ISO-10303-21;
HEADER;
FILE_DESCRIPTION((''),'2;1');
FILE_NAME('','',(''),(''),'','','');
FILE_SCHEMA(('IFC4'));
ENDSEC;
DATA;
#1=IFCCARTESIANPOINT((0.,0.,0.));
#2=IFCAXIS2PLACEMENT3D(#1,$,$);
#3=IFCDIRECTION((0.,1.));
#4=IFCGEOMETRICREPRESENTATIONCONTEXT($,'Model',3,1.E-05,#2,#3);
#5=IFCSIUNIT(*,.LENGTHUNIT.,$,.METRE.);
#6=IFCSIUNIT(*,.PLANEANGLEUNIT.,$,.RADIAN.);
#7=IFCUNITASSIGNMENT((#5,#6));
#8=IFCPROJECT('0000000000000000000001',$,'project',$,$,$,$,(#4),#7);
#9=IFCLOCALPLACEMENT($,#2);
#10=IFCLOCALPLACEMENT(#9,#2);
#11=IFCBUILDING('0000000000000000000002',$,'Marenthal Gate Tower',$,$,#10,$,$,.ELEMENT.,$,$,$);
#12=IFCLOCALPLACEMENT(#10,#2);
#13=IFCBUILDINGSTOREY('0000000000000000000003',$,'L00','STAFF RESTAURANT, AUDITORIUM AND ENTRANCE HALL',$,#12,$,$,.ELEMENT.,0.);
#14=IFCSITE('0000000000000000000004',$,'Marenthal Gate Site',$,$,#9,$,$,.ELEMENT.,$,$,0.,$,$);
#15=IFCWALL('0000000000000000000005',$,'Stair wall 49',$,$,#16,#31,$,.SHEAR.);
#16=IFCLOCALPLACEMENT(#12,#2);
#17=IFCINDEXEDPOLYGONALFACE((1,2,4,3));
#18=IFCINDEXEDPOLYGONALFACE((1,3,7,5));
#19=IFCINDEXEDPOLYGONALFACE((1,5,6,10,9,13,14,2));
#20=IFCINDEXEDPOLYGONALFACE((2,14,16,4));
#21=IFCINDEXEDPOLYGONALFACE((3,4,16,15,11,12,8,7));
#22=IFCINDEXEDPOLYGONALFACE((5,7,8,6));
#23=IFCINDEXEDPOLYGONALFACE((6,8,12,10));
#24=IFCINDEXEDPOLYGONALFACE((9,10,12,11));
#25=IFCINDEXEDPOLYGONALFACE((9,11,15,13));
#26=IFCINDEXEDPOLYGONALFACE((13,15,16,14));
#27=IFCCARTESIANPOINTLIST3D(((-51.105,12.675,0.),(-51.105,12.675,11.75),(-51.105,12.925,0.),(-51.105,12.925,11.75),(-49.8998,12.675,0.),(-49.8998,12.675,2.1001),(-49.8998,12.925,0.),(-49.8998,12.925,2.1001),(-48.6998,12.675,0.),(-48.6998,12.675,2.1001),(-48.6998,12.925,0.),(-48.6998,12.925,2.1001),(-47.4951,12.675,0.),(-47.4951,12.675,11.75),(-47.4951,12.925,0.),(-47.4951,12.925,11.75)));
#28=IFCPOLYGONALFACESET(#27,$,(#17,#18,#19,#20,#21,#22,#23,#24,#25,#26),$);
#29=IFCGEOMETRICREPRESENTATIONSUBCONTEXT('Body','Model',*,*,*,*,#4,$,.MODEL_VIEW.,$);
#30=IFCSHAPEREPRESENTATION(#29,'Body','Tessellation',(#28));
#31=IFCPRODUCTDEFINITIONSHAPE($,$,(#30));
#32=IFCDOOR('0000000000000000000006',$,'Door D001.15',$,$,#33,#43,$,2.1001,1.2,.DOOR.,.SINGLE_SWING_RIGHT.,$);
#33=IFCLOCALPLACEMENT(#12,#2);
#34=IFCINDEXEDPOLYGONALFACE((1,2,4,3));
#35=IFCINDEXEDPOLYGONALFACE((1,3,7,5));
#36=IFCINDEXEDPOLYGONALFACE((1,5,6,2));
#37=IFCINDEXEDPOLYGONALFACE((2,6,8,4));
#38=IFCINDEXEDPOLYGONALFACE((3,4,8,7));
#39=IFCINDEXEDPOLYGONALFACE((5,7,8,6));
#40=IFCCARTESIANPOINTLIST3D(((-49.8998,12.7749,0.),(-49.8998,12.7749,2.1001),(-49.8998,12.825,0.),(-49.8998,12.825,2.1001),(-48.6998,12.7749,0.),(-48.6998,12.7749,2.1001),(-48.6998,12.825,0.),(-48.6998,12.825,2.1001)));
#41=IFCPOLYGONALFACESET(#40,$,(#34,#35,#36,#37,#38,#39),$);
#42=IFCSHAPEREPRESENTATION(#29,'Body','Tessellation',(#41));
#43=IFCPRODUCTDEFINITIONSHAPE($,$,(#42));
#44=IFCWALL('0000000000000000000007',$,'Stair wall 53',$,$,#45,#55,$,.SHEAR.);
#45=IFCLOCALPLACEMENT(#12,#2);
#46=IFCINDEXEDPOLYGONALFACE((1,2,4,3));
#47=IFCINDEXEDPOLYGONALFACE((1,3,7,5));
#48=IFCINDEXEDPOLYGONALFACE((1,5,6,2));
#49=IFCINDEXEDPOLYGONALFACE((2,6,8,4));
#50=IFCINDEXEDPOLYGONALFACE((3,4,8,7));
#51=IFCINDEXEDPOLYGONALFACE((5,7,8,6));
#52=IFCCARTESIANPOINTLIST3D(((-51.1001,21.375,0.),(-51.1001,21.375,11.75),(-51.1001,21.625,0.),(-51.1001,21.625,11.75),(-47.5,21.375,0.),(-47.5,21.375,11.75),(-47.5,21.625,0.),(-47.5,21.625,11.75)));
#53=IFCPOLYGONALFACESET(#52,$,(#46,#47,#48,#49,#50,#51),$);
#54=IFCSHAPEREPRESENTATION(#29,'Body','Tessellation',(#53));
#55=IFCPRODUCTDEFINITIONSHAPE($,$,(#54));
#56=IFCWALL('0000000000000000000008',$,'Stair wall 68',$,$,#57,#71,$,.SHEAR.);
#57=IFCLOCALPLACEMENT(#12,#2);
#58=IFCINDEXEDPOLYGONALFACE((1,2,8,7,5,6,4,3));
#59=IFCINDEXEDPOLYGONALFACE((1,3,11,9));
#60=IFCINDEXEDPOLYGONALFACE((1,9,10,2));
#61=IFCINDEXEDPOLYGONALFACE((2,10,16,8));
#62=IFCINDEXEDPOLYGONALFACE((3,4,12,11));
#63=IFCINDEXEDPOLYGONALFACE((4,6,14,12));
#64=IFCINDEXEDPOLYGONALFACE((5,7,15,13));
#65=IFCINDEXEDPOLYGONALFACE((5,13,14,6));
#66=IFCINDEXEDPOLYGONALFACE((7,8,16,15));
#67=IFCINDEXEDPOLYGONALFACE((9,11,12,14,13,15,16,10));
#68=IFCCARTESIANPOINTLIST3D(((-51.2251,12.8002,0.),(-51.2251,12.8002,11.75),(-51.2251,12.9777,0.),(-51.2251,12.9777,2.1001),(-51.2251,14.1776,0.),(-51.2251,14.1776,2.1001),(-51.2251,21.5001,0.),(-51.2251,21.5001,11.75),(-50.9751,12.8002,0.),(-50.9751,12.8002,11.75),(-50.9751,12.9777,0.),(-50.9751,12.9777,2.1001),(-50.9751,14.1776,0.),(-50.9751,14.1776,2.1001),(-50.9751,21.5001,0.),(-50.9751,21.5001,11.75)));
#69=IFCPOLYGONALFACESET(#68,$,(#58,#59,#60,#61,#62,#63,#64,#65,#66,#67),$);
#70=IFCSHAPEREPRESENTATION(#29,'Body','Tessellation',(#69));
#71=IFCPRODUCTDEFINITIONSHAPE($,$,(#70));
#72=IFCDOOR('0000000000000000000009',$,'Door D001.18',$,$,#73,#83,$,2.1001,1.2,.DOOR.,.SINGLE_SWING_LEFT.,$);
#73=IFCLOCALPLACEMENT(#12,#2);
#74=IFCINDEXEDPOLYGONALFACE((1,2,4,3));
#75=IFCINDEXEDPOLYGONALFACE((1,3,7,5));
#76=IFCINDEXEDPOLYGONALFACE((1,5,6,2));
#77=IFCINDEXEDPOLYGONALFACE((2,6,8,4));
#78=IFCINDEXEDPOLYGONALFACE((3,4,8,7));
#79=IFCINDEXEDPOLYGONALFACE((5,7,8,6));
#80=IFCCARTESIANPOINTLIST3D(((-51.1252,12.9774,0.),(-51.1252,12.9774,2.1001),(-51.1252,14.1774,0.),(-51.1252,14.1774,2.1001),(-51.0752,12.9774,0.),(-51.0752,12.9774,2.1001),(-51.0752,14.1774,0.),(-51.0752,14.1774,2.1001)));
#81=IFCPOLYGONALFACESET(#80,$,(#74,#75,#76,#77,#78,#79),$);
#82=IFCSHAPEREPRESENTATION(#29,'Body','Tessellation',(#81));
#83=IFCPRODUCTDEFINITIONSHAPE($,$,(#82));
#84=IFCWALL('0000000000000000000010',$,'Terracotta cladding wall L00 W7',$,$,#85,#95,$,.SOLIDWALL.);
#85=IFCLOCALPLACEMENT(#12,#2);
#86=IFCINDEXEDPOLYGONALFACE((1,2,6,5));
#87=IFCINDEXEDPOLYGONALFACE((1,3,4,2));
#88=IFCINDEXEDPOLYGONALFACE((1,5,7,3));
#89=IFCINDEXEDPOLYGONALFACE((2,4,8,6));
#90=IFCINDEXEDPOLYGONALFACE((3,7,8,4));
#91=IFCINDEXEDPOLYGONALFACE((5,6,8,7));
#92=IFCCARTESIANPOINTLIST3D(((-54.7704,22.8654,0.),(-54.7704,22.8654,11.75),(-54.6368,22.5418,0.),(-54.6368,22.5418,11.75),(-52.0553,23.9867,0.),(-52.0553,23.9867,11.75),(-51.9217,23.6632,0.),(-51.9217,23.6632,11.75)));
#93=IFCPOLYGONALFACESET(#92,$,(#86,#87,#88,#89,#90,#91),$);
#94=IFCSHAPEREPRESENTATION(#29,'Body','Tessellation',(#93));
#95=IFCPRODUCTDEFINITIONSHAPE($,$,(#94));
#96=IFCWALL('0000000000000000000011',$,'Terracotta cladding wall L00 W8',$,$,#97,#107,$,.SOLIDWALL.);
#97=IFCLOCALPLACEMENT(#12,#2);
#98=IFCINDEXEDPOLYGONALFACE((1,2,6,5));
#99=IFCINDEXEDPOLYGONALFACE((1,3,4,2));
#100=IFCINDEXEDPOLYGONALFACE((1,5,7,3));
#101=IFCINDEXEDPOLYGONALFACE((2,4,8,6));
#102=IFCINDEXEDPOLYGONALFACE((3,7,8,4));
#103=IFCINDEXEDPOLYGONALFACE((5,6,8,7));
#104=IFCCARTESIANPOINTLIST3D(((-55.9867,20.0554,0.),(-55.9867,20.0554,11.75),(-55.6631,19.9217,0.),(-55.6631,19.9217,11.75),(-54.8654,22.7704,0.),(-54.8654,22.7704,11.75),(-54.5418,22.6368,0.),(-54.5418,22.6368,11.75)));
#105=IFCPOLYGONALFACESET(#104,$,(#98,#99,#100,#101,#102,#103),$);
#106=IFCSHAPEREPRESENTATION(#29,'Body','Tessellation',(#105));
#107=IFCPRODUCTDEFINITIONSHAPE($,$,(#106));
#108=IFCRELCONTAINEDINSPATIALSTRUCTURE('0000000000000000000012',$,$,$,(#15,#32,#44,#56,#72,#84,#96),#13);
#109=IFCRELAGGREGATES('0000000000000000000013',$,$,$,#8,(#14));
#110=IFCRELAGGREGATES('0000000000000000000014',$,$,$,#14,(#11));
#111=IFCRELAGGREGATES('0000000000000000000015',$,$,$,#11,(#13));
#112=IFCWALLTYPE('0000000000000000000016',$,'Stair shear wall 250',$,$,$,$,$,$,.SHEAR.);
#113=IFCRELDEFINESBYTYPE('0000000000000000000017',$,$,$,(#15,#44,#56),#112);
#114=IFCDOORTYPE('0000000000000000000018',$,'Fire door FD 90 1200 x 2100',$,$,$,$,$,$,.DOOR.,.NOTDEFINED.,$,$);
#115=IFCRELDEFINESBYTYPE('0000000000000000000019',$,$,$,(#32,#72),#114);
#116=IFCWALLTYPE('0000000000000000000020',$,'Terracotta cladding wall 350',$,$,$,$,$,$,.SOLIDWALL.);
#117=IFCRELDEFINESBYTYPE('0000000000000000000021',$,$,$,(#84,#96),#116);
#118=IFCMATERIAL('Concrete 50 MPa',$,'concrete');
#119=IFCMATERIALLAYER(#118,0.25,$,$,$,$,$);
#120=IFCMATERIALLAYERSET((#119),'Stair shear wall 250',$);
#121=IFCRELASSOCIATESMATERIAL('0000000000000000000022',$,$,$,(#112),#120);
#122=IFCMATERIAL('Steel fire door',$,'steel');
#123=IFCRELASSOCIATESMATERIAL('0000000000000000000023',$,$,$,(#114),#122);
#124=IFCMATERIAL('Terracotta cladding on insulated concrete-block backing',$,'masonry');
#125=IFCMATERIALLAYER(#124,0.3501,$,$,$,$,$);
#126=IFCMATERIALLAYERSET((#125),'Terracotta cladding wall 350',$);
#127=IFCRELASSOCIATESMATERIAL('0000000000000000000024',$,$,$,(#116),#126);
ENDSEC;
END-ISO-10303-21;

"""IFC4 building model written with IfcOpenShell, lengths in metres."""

from ifc_helpers import new_model, si_unit, direction, frame, frame_2d, origin, place, context, subcontext, project, spatial, rectangle, extrude, material, layer, layer_set, type_object, element, fill, save


model = new_model("IFC4")

# Units and contexts
model_context = context("Model", 3, precision=1e-05, world=origin(), true_north=direction((0.0, 1.0)))
body_context = subcontext(model_context, "Body", "Model", "MODEL_VIEW")
ifc_project = project(units=[si_unit("LENGTHUNIT", "METRE"), si_unit("PLANEANGLEUNIT", "RADIAN")], contexts=[model_context])

# Site, building, storey
site_placement = place(None, origin())
site = spatial("IfcSite", under=ifc_project, at=site_placement, Name="Marenthal Gate Site", CompositionType="ELEMENT", RefElevation=0.0)
building_placement = place(site_placement, origin())
building = spatial("IfcBuilding", under=site, at=building_placement, Name="Marenthal Gate Tower", CompositionType="ELEMENT")
storey_placement = place(building_placement, origin())
storey = spatial("IfcBuildingStorey", under=building, at=storey_placement, Name="L00", Description="STAFF RESTAURANT, AUDITORIUM AND ENTRANCE HALL", CompositionType="ELEMENT", Elevation=0.0)

# Wall, opening, door
ifc_material_1 = material(Name="Concrete 50 MPa", Category="concrete")
ifc_layer_1 = layer(ifc_material_1, 0.25)
ifc_layer_set_1 = layer_set([ifc_layer_1], Name="Stair shear wall 250")
wall_type_1 = type_object("IfcWallType", Name="Stair shear wall 250", PredefinedType="SHEAR", material=ifc_layer_set_1)
wall_1_placement = place(storey_placement, frame((-51.105, 12.8, 0.0), z_axis=(0.0, 0.0, 1.0), x_axis=(1.0, 0.0, 0.0)))
wall_1 = element("IfcWall", 1, at=wall_1_placement, inside=storey, type_object=wall_type_1, Name="Stair wall 49", PredefinedType="SHEAR", context=body_context, shape_type="SweptSolid", body=[
    extrude(rectangle(XDim=3.6099, YDim=0.25, at=frame_2d((1.8049, 0.0))), origin(), (0.0, 0.0, 1.0), 11.75),
])
opening_1_placement = place(wall_1_placement, frame((1.2051, 0.0, 0.0)))
opening_1 = element("IfcOpeningElement", 2, at=opening_1_placement, cuts=wall_1, PredefinedType="OPENING", context=body_context, shape_type="SweptSolid", body=[
    extrude(rectangle(XDim=1.2, YDim=2.1001, at=frame_2d((0.6001, 1.05))), frame((0.0, 0.135, 0.0), z_axis=(0.0, -1.0, 0.0), x_axis=(1.0, 0.0, 0.0)), (0.0, 0.0, 1.0), 0.27),
])
ifc_material_2 = material(Name="Steel fire door", Category="steel")
door_type_1 = type_object("IfcDoorType", Name="Fire door FD 90 1200 x 2100", OperationType="NOTDEFINED", PredefinedType="DOOR", material=ifc_material_2)
door_1_placement = place(opening_1_placement, origin())
door_1 = element("IfcDoor", 3, at=door_1_placement, inside=storey, type_object=door_type_1, Name="Door D001.15", OperationType="SINGLE_SWING_RIGHT", OverallHeight=2.1001, OverallWidth=1.2, PredefinedType="DOOR", context=body_context, shape_type="SweptSolid", body=[
    extrude(rectangle(XDim=1.2, YDim=2.1001, at=frame_2d((0.6001, 1.05))), frame((0.0, 0.0249, 0.0), z_axis=(0.0, -1.0, 0.0), x_axis=(1.0, 0.0, 0.0)), (0.0, 0.0, 1.0), 0.05),
])
fill(opening_1, door_1)

# Wall
wall_2_placement = place(storey_placement, frame((-51.1001, 21.5, 0.0), z_axis=(0.0, 0.0, 1.0), x_axis=(1.0, 0.0, 0.0)))
element("IfcWall", 4, at=wall_2_placement, inside=storey, type_object=wall_type_1, Name="Stair wall 53", PredefinedType="SHEAR", context=body_context, shape_type="SweptSolid", body=[
    extrude(rectangle(XDim=3.6001, YDim=0.25, at=frame_2d((1.8, 0.0))), origin(), (0.0, 0.0, 1.0), 11.75),
])

# Wall, opening, door
wall_3_placement = place(storey_placement, frame((-51.1001, 12.8, 0.0), z_axis=(0.0, 0.0, 1.0), x_axis=(0.0, 1.0, 0.0)))
wall_3 = element("IfcWall", 5, at=wall_3_placement, inside=storey, type_object=wall_type_1, Name="Stair wall 68", PredefinedType="SHEAR", context=body_context, shape_type="SweptSolid", body=[
    extrude(rectangle(XDim=8.7, YDim=0.25, at=frame_2d((4.3501, 0.0))), origin(), (0.0, 0.0, 1.0), 11.75),
])
opening_2_placement = place(wall_3_placement, frame((0.1775, 0.0, 0.0)))
opening_2 = element("IfcOpeningElement", 6, at=opening_2_placement, cuts=wall_3, PredefinedType="OPENING", context=body_context, shape_type="SweptSolid", body=[
    extrude(rectangle(XDim=1.2, YDim=2.1001, at=frame_2d((0.6001, 1.05))), frame((0.0, 0.135, 0.0), z_axis=(0.0, -1.0, 0.0), x_axis=(1.0, 0.0, 0.0)), (0.0, 0.0, 1.0), 0.27),
])
door_2_placement = place(opening_2_placement, frame((1.2, 0.0, 0.0), z_axis=(0.0, 0.0, 1.0), x_axis=(-1.0, 0.0, 0.0)))
door_2 = element("IfcDoor", 7, at=door_2_placement, inside=storey, type_object=door_type_1, Name="Door D001.18", OperationType="SINGLE_SWING_LEFT", OverallHeight=2.1001, OverallWidth=1.2, PredefinedType="DOOR", context=body_context, shape_type="SweptSolid", body=[
    extrude(rectangle(XDim=1.2, YDim=2.1001, at=frame_2d((0.6001, 1.05))), frame((0.0, 0.0249, 0.0), z_axis=(0.0, -1.0, 0.0), x_axis=(1.0, 0.0, 0.0)), (0.0, 0.0, 1.0), 0.05),
])
fill(opening_2, door_2)

# Walls
ifc_material_3 = material(Name="Terracotta cladding on insulated concrete-block backing", Category="masonry")
ifc_layer_2 = layer(ifc_material_3, 0.3501)
ifc_layer_set_2 = layer_set([ifc_layer_2], Name="Terracotta cladding wall 350")
wall_type_2 = type_object("IfcWallType", Name="Terracotta cladding wall 350", PredefinedType="SOLIDWALL", material=ifc_layer_set_2)
for number, where, z_axis, x_axis, name in (
    (8, (-51.9885, 23.825, 0.0), (0.0, 0.0, 1.0), (-0.924275, -0.381728, 0.0), "Terracotta cladding wall L00 W7"),
    (9, (-54.7036, 22.7036, 0.0), (0.0, 0.0, 1.0), (-0.381728, -0.924275, 0.0), "Terracotta cladding wall L00 W8"),
):
    element("IfcWall", number, at=place(storey_placement, frame(where, z_axis=z_axis, x_axis=x_axis)), inside=storey, type_object=wall_type_2, Name=name, PredefinedType="SOLIDWALL", context=body_context, shape_type="SweptSolid", body=[
        extrude(rectangle(XDim=2.9375, YDim=0.3501, at=frame_2d((1.4688, 0.0))), origin(), (0.0, 0.0, 1.0), 11.75),
    ])

save(model, "model.ifc")
